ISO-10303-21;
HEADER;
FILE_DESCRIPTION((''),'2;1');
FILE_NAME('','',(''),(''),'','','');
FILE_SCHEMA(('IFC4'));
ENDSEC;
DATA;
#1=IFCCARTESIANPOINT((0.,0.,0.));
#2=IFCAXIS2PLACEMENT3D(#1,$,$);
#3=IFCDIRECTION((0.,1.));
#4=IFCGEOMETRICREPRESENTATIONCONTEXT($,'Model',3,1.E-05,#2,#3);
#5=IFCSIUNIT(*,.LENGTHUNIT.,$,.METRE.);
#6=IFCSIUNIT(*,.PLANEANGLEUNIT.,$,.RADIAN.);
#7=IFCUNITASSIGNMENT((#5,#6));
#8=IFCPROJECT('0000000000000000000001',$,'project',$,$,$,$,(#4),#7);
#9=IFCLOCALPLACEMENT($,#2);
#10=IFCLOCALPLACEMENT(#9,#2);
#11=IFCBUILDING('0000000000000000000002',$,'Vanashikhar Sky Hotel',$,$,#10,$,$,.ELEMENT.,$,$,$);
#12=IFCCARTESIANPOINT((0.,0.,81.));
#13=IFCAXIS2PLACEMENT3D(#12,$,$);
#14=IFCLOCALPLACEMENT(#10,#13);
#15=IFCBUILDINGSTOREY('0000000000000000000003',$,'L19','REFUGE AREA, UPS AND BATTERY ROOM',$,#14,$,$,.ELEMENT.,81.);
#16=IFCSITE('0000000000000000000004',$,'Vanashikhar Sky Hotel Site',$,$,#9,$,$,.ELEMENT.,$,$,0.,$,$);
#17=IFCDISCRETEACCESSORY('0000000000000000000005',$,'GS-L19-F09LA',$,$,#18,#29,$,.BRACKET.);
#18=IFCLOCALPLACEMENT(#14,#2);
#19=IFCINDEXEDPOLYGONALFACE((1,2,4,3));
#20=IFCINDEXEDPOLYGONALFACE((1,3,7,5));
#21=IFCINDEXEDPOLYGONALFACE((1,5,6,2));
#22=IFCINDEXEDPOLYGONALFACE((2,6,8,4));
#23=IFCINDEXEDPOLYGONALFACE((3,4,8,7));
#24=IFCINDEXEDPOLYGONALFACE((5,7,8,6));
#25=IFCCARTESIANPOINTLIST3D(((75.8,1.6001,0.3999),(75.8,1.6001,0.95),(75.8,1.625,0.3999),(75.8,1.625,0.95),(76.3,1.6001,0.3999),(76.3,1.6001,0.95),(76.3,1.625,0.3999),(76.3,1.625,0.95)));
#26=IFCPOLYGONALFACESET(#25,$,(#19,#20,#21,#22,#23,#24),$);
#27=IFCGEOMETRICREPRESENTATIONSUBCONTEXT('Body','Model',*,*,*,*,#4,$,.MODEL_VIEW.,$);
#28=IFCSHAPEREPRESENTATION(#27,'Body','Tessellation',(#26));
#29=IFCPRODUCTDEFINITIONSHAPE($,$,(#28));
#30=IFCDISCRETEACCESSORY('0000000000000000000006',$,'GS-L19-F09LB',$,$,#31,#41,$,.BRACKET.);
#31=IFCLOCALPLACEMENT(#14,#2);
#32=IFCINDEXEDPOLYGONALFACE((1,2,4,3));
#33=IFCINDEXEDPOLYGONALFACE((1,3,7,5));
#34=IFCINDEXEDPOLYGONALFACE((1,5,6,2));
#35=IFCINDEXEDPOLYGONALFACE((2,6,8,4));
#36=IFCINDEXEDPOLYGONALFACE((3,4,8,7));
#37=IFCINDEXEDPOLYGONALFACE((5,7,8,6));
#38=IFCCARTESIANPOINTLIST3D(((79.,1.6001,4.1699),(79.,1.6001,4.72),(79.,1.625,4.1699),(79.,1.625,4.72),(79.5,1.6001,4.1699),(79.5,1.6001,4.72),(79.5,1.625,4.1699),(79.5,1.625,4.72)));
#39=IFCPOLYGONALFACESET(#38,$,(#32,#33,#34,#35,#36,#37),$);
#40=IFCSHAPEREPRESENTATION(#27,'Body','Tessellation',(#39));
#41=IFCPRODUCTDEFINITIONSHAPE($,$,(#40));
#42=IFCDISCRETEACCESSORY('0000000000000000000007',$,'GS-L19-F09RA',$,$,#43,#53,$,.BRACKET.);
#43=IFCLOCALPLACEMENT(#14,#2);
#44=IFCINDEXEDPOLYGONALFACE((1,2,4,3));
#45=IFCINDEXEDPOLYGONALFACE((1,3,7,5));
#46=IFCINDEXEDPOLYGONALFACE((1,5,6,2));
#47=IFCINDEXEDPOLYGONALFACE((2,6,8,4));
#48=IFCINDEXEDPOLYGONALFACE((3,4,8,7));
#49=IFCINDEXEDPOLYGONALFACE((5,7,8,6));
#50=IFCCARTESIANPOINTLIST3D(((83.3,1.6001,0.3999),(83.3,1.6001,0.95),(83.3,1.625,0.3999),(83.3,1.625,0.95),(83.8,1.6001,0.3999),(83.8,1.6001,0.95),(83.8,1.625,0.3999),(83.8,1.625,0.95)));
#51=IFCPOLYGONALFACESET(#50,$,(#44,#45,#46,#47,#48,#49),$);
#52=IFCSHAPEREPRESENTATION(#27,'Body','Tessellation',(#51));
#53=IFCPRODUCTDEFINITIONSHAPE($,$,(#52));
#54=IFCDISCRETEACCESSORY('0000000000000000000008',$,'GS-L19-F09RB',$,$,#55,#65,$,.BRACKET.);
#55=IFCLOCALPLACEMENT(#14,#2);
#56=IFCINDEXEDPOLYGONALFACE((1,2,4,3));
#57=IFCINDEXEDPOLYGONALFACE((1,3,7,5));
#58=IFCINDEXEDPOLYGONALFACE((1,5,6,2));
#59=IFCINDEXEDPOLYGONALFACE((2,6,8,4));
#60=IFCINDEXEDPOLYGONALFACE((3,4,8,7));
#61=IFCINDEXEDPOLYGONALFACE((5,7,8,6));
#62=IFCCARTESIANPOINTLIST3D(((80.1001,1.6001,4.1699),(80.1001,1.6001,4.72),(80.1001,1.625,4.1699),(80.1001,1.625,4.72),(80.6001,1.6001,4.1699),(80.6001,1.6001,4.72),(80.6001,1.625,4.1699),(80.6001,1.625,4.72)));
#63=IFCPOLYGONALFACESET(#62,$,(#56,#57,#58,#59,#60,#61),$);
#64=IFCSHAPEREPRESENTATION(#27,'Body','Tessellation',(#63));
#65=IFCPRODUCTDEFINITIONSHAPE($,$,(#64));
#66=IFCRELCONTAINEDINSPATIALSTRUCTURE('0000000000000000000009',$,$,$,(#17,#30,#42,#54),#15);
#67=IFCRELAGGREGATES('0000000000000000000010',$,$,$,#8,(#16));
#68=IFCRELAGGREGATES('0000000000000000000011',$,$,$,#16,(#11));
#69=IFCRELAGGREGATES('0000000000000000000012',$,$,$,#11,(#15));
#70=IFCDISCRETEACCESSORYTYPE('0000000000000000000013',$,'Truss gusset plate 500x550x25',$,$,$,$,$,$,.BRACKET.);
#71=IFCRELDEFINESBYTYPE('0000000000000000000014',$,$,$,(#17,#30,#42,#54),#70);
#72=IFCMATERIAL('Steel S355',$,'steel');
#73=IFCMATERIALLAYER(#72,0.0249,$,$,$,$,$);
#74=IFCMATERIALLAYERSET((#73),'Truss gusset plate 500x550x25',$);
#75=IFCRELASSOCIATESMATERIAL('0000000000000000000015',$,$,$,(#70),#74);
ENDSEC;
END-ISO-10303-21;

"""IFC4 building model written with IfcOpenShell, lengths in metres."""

from ifc_helpers import new_model, si_unit, direction, frame, origin, origin_2d, place, context, subcontext, project, spatial, rectangle, extrude, source, transform, mapped, material, layer, layer_set, type_object, element, save


model = new_model("IFC4")

# Units and contexts
model_context = context("Model", 3, precision=1e-05, world=origin(), true_north=direction((0.0, 1.0)))
body_context = subcontext(model_context, "Body", "Model", "MODEL_VIEW")
ifc_project = project(units=[si_unit("LENGTHUNIT", "METRE"), si_unit("PLANEANGLEUNIT", "RADIAN")], contexts=[model_context])

# Site, building, storey
site_placement = place(None, origin())
site = spatial("IfcSite", under=ifc_project, at=site_placement, Name="Vanashikhar Sky Hotel Site", CompositionType="ELEMENT", RefElevation=0.0)
building_placement = place(site_placement, origin())
building = spatial("IfcBuilding", under=site, at=building_placement, Name="Vanashikhar Sky Hotel", CompositionType="ELEMENT")
storey_placement = place(building_placement, frame((0.0, 0.0, 81.0)))
storey = spatial("IfcBuildingStorey", under=building, at=storey_placement, Name="L19", Description="REFUGE AREA, UPS AND BATTERY ROOM", CompositionType="ELEMENT", Elevation=81.0)

# Shared definitions
ifc_material_1 = material(Name="Steel S355", Category="steel")

# Discrete accessories
ifc_layer_1 = layer(ifc_material_1, 0.0249)
ifc_layer_set_1 = layer_set([ifc_layer_1], Name="Truss gusset plate 500x550x25")
discrete_accessory_type_1 = type_object("IfcDiscreteAccessoryType", Name="Truss gusset plate 500x550x25", PredefinedType="BRACKET", material=ifc_layer_set_1)
shared_shape_1 = source(origin(), body_context, "Body", "SweptSolid", [
    extrude(rectangle(XDim=0.5, YDim=0.0249, at=origin_2d()), origin(), (0.0, 0.0, 1.0), 0.55),
])
for number, where, z_axis, x_axis, name in (
    (1, (76.05, 1.6125, 0.3999), (0.0, 0.0, 1.0), (1.0, 0.0, 0.0), "GS-L19-F09LA"),
    (2, (79.25, 1.6125, 4.1699), (0.0, 0.0, 1.0), (1.0, 0.0, 0.0), "GS-L19-F09LB"),
    (3, (83.55, 1.6125, 0.3999), (0.0, 0.0, 1.0), (1.0, 0.0, 0.0), "GS-L19-F09RA"),
    (4, (80.3501, 1.6125, 4.1699), (0.0, 0.0, 1.0), (1.0, 0.0, 0.0), "GS-L19-F09RB"),
):
    element("IfcDiscreteAccessory", number, at=place(storey_placement, frame(where, z_axis=z_axis, x_axis=x_axis)), inside=storey, type_object=discrete_accessory_type_1, Name=name, PredefinedType="BRACKET", context=body_context, shape_type="MappedRepresentation", body=[
        mapped(shared_shape_1, transform((0.0, 0.0, 0.0), scale=1.0)),
    ])

save(model, "model.ifc")
